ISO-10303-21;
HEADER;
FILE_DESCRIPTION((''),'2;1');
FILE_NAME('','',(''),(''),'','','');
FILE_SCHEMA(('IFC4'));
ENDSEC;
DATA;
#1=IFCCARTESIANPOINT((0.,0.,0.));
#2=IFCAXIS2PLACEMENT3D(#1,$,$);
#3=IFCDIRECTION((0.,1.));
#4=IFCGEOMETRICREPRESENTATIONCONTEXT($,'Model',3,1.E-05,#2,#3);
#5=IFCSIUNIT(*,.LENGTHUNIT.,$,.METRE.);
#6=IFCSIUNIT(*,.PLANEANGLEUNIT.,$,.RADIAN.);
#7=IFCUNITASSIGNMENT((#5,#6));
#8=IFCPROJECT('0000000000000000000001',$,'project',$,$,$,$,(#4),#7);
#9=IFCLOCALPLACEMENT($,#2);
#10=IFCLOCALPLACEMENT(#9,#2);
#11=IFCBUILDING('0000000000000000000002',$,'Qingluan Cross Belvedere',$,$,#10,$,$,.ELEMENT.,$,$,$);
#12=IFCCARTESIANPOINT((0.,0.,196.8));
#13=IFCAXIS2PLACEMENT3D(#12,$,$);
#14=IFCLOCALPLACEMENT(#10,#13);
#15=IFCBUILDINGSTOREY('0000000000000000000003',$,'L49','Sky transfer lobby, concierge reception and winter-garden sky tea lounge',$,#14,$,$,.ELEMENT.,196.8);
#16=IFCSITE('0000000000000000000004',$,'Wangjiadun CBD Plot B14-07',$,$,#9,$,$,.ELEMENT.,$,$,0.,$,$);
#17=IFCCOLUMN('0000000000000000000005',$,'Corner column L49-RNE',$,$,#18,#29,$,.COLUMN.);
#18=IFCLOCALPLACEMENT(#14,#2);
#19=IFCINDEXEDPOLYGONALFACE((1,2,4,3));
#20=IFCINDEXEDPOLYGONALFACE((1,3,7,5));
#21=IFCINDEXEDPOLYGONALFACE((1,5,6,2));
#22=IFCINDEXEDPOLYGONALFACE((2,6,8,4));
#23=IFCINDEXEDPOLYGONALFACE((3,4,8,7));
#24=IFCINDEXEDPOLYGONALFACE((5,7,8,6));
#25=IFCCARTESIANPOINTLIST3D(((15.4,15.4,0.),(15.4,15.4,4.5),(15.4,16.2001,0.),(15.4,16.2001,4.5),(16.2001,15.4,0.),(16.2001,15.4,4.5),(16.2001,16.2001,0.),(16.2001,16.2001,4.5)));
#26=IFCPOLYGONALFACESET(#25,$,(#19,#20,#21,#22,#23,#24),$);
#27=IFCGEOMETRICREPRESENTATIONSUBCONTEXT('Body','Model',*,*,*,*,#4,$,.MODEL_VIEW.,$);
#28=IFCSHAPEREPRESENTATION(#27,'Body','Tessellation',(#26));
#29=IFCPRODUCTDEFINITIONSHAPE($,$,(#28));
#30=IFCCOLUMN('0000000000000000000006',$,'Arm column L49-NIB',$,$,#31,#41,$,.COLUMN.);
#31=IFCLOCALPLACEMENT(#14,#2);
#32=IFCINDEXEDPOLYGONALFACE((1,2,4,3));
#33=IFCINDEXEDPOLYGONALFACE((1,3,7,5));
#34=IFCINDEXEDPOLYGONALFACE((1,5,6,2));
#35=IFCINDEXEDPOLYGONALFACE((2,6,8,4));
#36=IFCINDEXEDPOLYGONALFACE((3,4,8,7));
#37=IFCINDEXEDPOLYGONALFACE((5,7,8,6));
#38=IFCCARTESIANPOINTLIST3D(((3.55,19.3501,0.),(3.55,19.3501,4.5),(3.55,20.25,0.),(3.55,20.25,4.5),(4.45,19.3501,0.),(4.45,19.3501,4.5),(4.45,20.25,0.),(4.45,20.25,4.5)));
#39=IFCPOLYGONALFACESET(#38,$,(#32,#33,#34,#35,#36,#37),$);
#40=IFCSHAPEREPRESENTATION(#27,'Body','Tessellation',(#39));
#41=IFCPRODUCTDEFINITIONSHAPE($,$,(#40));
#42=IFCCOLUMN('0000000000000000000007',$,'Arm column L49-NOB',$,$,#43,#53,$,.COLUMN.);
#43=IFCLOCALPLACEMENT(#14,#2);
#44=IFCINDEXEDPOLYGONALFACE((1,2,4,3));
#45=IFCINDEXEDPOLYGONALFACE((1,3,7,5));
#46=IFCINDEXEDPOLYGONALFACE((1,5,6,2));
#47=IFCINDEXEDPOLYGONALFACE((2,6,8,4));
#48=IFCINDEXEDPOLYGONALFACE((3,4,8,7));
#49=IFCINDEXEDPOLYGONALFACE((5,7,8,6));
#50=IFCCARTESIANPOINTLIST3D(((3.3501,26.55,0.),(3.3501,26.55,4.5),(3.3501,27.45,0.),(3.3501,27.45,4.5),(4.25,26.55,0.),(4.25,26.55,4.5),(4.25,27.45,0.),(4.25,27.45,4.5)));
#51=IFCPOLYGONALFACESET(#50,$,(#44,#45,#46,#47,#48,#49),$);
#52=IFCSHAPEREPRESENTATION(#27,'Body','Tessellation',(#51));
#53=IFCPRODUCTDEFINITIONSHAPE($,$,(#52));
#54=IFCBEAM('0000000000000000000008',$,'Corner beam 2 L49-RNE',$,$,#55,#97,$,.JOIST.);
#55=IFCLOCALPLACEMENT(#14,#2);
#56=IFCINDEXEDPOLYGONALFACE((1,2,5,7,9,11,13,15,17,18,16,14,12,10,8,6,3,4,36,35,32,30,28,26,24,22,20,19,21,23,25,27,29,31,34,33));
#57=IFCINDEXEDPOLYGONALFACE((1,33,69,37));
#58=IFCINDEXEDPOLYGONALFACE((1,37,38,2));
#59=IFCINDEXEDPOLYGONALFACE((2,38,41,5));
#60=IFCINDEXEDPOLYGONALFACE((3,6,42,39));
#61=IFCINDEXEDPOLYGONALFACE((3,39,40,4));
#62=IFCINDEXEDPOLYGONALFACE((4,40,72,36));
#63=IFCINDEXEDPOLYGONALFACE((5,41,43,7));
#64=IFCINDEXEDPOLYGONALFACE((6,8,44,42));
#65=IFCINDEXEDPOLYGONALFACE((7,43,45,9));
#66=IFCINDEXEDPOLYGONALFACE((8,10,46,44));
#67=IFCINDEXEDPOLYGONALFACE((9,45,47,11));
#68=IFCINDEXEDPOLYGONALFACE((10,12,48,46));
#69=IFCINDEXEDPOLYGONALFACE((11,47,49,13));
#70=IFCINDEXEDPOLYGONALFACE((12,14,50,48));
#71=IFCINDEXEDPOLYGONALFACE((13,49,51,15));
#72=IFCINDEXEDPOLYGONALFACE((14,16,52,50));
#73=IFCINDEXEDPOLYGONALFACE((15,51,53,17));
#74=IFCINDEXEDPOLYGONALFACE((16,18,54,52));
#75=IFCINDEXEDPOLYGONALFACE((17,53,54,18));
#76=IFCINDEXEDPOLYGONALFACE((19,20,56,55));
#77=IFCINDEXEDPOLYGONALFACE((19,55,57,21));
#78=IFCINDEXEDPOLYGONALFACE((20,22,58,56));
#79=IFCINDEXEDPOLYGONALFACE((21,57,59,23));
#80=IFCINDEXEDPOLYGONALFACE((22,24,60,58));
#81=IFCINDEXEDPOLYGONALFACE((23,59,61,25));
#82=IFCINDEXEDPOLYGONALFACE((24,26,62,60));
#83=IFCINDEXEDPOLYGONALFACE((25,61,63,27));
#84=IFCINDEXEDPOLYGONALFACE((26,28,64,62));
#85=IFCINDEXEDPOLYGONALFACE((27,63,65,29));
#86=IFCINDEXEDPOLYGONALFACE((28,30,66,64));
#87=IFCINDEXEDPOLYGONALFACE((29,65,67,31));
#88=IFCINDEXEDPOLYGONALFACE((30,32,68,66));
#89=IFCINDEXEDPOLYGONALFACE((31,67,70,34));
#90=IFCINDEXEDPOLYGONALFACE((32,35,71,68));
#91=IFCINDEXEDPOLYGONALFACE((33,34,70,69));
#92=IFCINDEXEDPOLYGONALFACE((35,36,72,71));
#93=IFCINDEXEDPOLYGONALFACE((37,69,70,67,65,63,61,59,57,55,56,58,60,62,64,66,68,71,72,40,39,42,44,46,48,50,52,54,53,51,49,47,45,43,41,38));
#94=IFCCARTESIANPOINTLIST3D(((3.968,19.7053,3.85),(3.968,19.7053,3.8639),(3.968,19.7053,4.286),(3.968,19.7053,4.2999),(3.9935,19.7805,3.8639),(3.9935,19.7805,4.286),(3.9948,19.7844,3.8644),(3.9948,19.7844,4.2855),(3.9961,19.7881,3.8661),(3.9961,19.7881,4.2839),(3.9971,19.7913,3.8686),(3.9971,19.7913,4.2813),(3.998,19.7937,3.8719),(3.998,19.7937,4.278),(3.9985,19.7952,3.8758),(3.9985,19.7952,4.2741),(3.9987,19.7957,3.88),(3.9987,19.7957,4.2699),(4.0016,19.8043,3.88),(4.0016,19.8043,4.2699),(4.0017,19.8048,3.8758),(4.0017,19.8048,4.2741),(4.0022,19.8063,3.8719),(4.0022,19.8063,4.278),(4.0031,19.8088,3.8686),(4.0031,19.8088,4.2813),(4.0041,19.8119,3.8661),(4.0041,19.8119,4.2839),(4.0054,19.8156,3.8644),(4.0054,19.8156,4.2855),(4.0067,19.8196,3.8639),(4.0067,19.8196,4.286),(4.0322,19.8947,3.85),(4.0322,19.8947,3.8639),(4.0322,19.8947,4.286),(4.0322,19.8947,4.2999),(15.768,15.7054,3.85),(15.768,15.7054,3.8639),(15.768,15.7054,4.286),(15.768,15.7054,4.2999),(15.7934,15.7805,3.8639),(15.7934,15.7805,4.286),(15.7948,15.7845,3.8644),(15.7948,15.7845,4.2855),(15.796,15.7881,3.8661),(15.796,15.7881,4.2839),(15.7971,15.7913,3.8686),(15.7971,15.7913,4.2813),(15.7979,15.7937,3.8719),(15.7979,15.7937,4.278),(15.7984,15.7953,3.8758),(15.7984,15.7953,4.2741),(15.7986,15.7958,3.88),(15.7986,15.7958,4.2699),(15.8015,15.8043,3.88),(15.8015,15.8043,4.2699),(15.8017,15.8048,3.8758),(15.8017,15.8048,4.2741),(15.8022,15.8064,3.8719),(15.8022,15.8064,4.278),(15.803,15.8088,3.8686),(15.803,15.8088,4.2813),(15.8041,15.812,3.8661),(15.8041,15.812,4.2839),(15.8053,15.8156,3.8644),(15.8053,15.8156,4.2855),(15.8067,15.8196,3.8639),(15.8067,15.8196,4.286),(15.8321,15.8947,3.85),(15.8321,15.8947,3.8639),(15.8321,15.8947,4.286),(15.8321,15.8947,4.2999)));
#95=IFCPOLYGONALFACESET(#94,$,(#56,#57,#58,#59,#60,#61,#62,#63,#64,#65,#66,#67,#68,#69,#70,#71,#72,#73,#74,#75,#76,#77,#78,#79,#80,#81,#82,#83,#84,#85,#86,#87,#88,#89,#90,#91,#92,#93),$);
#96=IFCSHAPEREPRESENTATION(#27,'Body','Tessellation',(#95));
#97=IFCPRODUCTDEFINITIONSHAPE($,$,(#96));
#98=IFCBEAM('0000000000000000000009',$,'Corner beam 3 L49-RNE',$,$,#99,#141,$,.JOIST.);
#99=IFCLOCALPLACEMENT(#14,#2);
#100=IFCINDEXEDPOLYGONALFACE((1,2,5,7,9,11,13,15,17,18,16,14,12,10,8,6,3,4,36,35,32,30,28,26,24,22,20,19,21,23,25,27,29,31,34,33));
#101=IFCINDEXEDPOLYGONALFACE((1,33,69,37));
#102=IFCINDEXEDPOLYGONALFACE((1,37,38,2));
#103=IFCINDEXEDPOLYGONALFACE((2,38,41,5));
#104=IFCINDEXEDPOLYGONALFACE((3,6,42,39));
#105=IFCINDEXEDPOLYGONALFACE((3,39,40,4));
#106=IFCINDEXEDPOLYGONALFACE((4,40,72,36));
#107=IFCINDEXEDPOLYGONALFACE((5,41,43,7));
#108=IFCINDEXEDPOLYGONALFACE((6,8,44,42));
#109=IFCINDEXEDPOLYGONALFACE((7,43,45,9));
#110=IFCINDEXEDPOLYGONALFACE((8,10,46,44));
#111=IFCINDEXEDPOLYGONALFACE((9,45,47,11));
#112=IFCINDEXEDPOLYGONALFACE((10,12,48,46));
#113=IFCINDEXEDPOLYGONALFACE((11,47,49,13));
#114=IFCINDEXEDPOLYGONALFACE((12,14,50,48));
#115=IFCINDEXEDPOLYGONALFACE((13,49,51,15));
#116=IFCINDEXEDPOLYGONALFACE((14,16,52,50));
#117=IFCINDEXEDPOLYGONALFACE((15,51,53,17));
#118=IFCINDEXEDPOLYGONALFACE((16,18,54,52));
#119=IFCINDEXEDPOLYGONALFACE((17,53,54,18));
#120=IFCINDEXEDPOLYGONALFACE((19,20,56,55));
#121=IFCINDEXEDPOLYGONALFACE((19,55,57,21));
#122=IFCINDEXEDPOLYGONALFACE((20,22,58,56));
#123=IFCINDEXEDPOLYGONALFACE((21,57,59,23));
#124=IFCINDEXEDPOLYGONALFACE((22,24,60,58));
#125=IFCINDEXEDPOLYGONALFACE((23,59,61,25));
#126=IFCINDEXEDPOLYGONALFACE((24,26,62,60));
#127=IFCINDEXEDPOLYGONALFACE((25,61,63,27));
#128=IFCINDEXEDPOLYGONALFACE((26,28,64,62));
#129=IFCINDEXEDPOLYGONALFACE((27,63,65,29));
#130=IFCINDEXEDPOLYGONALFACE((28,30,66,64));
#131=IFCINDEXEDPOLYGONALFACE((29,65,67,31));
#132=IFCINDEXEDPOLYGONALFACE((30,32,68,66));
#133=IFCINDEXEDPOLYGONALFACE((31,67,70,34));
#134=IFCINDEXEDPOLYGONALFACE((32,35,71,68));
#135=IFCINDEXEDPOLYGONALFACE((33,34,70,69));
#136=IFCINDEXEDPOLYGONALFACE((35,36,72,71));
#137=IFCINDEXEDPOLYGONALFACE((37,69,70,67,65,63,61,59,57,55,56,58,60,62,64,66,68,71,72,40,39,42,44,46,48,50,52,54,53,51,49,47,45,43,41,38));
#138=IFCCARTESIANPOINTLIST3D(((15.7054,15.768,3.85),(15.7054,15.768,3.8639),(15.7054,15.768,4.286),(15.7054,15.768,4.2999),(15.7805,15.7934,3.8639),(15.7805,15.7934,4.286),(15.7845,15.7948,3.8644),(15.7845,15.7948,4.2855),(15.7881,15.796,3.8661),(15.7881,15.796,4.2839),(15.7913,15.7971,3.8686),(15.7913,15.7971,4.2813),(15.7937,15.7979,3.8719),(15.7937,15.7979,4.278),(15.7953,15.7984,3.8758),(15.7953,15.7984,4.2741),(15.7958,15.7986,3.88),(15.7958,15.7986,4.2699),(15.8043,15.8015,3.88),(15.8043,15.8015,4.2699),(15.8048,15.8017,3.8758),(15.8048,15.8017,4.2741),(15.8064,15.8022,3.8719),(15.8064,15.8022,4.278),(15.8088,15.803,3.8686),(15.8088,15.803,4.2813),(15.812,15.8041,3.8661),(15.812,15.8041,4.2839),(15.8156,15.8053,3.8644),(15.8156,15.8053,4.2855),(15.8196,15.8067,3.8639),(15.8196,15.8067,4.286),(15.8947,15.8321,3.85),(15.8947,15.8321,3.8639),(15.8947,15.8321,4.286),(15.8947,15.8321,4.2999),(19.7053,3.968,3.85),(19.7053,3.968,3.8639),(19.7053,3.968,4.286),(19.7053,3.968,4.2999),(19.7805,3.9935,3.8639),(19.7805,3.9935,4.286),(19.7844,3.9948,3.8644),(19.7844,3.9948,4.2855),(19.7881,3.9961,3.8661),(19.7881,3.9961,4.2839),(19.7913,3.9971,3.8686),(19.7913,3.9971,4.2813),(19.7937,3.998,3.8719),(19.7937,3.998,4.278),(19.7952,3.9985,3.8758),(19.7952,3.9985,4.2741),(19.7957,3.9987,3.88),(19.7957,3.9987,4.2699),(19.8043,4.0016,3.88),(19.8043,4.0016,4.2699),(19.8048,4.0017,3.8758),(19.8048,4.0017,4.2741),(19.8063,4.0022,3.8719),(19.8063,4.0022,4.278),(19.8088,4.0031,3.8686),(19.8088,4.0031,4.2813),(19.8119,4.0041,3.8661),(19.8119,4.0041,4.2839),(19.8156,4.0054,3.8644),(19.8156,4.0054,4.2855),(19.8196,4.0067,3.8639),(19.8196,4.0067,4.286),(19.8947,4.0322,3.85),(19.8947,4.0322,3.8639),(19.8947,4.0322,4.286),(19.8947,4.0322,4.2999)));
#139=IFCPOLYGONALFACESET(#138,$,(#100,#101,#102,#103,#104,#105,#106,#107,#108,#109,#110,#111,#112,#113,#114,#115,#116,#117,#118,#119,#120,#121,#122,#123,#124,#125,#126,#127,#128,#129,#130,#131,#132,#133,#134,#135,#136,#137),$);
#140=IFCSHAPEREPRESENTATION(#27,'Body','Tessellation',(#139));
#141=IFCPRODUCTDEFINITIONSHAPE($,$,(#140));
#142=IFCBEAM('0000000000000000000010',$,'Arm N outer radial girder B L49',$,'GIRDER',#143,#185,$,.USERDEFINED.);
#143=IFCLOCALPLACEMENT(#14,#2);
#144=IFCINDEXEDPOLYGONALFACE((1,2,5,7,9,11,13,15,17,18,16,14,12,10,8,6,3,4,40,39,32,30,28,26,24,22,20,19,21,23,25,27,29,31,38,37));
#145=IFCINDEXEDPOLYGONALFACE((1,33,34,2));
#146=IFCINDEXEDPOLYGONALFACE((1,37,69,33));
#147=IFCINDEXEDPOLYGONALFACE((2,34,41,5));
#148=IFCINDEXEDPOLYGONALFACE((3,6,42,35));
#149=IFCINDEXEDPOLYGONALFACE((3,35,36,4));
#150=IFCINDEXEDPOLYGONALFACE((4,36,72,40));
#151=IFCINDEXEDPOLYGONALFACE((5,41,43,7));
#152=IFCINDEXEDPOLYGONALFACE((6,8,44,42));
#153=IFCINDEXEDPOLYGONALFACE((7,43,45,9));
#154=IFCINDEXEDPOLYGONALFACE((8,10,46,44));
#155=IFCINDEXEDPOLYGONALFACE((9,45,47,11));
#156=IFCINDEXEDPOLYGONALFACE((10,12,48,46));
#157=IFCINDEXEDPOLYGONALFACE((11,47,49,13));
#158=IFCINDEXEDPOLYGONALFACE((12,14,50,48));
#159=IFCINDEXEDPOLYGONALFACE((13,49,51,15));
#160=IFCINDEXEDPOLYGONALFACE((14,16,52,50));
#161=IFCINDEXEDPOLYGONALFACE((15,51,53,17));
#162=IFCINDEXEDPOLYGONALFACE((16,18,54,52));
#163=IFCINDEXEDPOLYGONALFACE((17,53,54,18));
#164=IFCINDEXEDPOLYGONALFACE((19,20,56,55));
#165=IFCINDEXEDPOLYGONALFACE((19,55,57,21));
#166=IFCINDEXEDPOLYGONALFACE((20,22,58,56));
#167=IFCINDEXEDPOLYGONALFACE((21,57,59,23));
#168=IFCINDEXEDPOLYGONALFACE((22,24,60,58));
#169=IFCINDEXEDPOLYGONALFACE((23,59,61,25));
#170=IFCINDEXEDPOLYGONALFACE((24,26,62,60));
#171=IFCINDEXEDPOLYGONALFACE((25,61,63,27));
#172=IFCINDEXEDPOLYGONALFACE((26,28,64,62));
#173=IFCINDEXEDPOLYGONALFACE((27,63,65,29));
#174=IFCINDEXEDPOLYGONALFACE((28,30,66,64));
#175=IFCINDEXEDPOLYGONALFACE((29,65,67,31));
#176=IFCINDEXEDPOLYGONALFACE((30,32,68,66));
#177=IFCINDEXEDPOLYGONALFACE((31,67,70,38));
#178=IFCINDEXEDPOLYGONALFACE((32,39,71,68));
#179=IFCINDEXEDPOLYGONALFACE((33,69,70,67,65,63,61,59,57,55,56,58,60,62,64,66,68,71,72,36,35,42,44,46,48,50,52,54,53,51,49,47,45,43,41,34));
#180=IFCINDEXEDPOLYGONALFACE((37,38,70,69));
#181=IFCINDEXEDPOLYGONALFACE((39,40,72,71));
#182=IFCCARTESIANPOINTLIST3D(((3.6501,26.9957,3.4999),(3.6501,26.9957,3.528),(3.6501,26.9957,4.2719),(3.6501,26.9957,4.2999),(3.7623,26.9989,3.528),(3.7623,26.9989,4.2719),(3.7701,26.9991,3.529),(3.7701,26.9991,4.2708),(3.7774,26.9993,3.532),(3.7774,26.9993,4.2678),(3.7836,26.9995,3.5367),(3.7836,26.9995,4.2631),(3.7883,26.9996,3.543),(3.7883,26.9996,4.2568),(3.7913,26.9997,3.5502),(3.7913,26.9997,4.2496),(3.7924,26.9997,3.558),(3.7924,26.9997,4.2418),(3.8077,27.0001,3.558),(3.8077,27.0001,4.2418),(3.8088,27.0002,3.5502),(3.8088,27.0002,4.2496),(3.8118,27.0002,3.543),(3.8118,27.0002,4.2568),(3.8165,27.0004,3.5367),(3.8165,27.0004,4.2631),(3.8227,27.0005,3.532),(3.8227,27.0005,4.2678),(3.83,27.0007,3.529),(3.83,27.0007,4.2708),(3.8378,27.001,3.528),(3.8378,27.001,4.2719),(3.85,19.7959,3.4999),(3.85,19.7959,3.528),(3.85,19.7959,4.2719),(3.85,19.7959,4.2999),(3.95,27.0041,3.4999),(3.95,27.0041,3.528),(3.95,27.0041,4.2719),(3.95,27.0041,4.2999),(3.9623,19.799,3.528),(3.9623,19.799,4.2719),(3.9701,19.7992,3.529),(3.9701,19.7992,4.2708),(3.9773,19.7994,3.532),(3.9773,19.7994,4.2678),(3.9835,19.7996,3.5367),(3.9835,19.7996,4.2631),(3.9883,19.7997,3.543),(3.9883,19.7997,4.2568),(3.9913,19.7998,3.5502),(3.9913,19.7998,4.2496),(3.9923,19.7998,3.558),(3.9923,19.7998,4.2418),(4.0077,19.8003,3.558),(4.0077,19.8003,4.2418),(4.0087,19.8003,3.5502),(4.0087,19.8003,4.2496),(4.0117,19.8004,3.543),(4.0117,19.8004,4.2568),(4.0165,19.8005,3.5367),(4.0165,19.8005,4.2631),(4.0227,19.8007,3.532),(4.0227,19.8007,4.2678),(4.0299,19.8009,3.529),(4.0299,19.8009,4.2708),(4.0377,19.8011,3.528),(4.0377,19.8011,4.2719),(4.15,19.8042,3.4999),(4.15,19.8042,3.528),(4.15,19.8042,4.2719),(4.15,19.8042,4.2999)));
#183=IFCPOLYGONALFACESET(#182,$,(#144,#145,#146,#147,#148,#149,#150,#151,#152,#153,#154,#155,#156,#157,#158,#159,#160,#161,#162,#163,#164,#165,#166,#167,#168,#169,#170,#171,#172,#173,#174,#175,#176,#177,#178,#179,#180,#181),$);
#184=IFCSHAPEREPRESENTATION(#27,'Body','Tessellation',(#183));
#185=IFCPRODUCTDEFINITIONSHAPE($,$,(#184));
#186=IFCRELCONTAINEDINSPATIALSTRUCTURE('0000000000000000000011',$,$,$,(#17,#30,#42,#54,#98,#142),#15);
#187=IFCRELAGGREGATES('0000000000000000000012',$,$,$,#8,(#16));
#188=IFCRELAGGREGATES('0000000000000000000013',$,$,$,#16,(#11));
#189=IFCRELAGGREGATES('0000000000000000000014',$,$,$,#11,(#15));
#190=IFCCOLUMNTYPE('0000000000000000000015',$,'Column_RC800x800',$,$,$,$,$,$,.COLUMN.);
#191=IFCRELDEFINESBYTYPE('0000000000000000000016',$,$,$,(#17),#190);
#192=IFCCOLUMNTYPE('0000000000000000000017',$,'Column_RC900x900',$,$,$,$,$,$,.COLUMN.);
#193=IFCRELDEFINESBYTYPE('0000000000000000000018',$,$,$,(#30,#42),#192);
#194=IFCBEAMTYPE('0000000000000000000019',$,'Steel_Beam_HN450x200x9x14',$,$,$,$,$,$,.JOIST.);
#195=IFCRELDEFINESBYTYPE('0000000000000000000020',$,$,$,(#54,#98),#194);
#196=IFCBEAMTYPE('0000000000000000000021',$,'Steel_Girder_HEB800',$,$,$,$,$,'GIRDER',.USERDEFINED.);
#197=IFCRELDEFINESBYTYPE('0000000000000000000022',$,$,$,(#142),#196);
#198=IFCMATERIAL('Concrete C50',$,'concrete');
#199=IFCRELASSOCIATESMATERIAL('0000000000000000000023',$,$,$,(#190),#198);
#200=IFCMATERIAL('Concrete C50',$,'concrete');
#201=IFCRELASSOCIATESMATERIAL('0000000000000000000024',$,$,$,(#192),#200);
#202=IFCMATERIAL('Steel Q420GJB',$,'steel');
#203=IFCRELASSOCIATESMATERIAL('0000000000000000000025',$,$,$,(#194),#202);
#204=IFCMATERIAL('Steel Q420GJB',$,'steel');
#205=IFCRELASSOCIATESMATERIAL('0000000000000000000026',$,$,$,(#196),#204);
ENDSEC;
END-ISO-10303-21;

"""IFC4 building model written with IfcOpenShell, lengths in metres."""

from ifc_helpers import new_model, si_unit, direction, frame, origin, origin_2d, place, context, subcontext, project, spatial, rectangle, i_section, extrude, material, material_profile, profile_set, type_object, element, save


model = new_model("IFC4")

# Units and contexts
model_context = context("Model", 3, precision=1e-05, world=origin(), true_north=direction((0.0, 1.0)))
body_context = subcontext(model_context, "Body", "Model", "MODEL_VIEW")
ifc_project = project(units=[si_unit("LENGTHUNIT", "METRE"), si_unit("PLANEANGLEUNIT", "RADIAN")], contexts=[model_context])

# Site, building, storey
site_placement = place(None, origin())
site = spatial("IfcSite", under=ifc_project, at=site_placement, Name="Wangjiadun CBD Plot B14-07", CompositionType="ELEMENT", RefElevation=0.0)
building_placement = place(site_placement, origin())
building = spatial("IfcBuilding", under=site, at=building_placement, Name="Qingluan Cross Belvedere", CompositionType="ELEMENT")
storey_placement = place(building_placement, frame((0.0, 0.0, 196.8)))
storey = spatial("IfcBuildingStorey", under=building, at=storey_placement, Name="L49", Description="Sky transfer lobby, concierge reception and winter-garden sky tea lounge", CompositionType="ELEMENT", Elevation=196.8)

# Columns
ifc_material_1 = material(Name="Concrete C50", Category="concrete")
ifc_material_profile_1 = material_profile(ifc_material_1, rectangle(XDim=0.8, YDim=0.8, at=origin_2d()), Name="RC800x800")
ifc_profile_set_1 = profile_set([ifc_material_profile_1], Name="Concrete C50")
column_type_1 = type_object("IfcColumnType", Name="Column_RC800x800", PredefinedType="COLUMN", material=ifc_profile_set_1)
column_placement = place(storey_placement, frame((15.8, 15.8, 0.0), z_axis=(0.0, 0.0, 1.0), x_axis=(1.0, 0.0, 0.0)))
element("IfcColumn", 1, at=column_placement, inside=storey, type_object=column_type_1, Name="Corner column L49-RNE", PredefinedType="COLUMN", context=body_context, shape_type="SweptSolid", body=[
    extrude(rectangle(XDim=0.8, YDim=0.8, at=origin_2d()), origin(), (0.0, 0.0, 1.0), 4.5),
])
ifc_material_2 = material(Name="Concrete C50", Category="concrete")
ifc_material_profile_2 = material_profile(ifc_material_2, rectangle(XDim=0.8999, YDim=0.8999, at=origin_2d()), Name="RC900x900")
ifc_profile_set_2 = profile_set([ifc_material_profile_2], Name="Concrete C50")
column_type_2 = type_object("IfcColumnType", Name="Column_RC900x900", PredefinedType="COLUMN", material=ifc_profile_set_2)
for number, where, z_axis, x_axis, name in (
    (2, (4.0, 19.8, 0.0), (0.0, 0.0, 1.0), (1.0, 0.0, 0.0), "Arm column L49-NIB"),
    (3, (3.8, 27.0, 0.0), (0.0, 0.0, 1.0), (1.0, 0.0, 0.0), "Arm column L49-NOB"),
):
    element("IfcColumn", number, at=place(storey_placement, frame(where, z_axis=z_axis, x_axis=x_axis)), inside=storey, type_object=column_type_2, Name=name, PredefinedType="COLUMN", context=body_context, shape_type="SweptSolid", body=[
        extrude(rectangle(XDim=0.8999, YDim=0.8999, at=origin_2d()), origin(), (0.0, 0.0, 1.0), 4.5),
    ])

# Beams
ifc_material_3 = material(Name="Steel Q420GJB", Category="steel")
ifc_material_profile_3 = material_profile(ifc_material_3, i_section(OverallWidth=0.2, OverallDepth=0.45, WebThickness=0.009, FlangeThickness=0.0139, FilletRadius=0.0161, at=origin_2d()), Name="HN450x200x9x14")
ifc_profile_set_3 = profile_set([ifc_material_profile_3], Name="Steel Q420GJB")
beam_type_1 = type_object("IfcBeamType", Name="Steel_Beam_HN450x200x9x14", PredefinedType="JOIST", material=ifc_profile_set_3)
for number, where, z_axis, x_axis, name in (
    (4, (15.8, 15.8, 4.075), (-0.947066, 0.321038, 0.0), (-0.321038, -0.947066, 0.0), "Corner beam 2 L49-RNE"),
    (5, (15.8, 15.8, 4.075), (0.321038, -0.947066, 0.0), (0.947066, 0.321038, 0.0), "Corner beam 3 L49-RNE"),
):
    element("IfcBeam", number, at=place(storey_placement, frame(where, z_axis=z_axis, x_axis=x_axis)), inside=storey, type_object=beam_type_1, Name=name, PredefinedType="JOIST", context=body_context, shape_type="SweptSolid", body=[
        extrude(i_section(OverallWidth=0.2, OverallDepth=0.45, WebThickness=0.009, FlangeThickness=0.0139, FilletRadius=0.0161, at=origin_2d()), origin(), (0.0, 0.0, 1.0), 12.4595),
    ])
ifc_material_4 = material(Name="Steel Q420GJB", Category="steel")
ifc_material_profile_4 = material_profile(ifc_material_4, i_section(OverallWidth=0.3, OverallDepth=0.8, WebThickness=0.0154, FlangeThickness=0.0281, FilletRadius=0.03, at=origin_2d()), Name="HEB800")
ifc_profile_set_4 = profile_set([ifc_material_profile_4], Name="Steel Q420GJB")
beam_type_2 = type_object("IfcBeamType", Name="Steel_Girder_HEB800", ElementType="GIRDER", PredefinedType="USERDEFINED", material=ifc_profile_set_4)
beam_placement = place(storey_placement, frame((4.0, 19.8, 3.8999), z_axis=(-0.02776, 0.999615, 0.0), x_axis=(-0.999615, -0.02776, 0.0)))
element("IfcBeam", 6, at=beam_placement, inside=storey, type_object=beam_type_2, Name="Arm N outer radial girder B L49", ObjectType="GIRDER", PredefinedType="USERDEFINED", context=body_context, shape_type="SweptSolid", body=[
    extrude(i_section(OverallWidth=0.3, OverallDepth=0.8, WebThickness=0.0154, FlangeThickness=0.0281, FilletRadius=0.03, at=origin_2d()), origin(), (0.0, 0.0, 1.0), 7.2026),
])

save(model, "model.ifc")
